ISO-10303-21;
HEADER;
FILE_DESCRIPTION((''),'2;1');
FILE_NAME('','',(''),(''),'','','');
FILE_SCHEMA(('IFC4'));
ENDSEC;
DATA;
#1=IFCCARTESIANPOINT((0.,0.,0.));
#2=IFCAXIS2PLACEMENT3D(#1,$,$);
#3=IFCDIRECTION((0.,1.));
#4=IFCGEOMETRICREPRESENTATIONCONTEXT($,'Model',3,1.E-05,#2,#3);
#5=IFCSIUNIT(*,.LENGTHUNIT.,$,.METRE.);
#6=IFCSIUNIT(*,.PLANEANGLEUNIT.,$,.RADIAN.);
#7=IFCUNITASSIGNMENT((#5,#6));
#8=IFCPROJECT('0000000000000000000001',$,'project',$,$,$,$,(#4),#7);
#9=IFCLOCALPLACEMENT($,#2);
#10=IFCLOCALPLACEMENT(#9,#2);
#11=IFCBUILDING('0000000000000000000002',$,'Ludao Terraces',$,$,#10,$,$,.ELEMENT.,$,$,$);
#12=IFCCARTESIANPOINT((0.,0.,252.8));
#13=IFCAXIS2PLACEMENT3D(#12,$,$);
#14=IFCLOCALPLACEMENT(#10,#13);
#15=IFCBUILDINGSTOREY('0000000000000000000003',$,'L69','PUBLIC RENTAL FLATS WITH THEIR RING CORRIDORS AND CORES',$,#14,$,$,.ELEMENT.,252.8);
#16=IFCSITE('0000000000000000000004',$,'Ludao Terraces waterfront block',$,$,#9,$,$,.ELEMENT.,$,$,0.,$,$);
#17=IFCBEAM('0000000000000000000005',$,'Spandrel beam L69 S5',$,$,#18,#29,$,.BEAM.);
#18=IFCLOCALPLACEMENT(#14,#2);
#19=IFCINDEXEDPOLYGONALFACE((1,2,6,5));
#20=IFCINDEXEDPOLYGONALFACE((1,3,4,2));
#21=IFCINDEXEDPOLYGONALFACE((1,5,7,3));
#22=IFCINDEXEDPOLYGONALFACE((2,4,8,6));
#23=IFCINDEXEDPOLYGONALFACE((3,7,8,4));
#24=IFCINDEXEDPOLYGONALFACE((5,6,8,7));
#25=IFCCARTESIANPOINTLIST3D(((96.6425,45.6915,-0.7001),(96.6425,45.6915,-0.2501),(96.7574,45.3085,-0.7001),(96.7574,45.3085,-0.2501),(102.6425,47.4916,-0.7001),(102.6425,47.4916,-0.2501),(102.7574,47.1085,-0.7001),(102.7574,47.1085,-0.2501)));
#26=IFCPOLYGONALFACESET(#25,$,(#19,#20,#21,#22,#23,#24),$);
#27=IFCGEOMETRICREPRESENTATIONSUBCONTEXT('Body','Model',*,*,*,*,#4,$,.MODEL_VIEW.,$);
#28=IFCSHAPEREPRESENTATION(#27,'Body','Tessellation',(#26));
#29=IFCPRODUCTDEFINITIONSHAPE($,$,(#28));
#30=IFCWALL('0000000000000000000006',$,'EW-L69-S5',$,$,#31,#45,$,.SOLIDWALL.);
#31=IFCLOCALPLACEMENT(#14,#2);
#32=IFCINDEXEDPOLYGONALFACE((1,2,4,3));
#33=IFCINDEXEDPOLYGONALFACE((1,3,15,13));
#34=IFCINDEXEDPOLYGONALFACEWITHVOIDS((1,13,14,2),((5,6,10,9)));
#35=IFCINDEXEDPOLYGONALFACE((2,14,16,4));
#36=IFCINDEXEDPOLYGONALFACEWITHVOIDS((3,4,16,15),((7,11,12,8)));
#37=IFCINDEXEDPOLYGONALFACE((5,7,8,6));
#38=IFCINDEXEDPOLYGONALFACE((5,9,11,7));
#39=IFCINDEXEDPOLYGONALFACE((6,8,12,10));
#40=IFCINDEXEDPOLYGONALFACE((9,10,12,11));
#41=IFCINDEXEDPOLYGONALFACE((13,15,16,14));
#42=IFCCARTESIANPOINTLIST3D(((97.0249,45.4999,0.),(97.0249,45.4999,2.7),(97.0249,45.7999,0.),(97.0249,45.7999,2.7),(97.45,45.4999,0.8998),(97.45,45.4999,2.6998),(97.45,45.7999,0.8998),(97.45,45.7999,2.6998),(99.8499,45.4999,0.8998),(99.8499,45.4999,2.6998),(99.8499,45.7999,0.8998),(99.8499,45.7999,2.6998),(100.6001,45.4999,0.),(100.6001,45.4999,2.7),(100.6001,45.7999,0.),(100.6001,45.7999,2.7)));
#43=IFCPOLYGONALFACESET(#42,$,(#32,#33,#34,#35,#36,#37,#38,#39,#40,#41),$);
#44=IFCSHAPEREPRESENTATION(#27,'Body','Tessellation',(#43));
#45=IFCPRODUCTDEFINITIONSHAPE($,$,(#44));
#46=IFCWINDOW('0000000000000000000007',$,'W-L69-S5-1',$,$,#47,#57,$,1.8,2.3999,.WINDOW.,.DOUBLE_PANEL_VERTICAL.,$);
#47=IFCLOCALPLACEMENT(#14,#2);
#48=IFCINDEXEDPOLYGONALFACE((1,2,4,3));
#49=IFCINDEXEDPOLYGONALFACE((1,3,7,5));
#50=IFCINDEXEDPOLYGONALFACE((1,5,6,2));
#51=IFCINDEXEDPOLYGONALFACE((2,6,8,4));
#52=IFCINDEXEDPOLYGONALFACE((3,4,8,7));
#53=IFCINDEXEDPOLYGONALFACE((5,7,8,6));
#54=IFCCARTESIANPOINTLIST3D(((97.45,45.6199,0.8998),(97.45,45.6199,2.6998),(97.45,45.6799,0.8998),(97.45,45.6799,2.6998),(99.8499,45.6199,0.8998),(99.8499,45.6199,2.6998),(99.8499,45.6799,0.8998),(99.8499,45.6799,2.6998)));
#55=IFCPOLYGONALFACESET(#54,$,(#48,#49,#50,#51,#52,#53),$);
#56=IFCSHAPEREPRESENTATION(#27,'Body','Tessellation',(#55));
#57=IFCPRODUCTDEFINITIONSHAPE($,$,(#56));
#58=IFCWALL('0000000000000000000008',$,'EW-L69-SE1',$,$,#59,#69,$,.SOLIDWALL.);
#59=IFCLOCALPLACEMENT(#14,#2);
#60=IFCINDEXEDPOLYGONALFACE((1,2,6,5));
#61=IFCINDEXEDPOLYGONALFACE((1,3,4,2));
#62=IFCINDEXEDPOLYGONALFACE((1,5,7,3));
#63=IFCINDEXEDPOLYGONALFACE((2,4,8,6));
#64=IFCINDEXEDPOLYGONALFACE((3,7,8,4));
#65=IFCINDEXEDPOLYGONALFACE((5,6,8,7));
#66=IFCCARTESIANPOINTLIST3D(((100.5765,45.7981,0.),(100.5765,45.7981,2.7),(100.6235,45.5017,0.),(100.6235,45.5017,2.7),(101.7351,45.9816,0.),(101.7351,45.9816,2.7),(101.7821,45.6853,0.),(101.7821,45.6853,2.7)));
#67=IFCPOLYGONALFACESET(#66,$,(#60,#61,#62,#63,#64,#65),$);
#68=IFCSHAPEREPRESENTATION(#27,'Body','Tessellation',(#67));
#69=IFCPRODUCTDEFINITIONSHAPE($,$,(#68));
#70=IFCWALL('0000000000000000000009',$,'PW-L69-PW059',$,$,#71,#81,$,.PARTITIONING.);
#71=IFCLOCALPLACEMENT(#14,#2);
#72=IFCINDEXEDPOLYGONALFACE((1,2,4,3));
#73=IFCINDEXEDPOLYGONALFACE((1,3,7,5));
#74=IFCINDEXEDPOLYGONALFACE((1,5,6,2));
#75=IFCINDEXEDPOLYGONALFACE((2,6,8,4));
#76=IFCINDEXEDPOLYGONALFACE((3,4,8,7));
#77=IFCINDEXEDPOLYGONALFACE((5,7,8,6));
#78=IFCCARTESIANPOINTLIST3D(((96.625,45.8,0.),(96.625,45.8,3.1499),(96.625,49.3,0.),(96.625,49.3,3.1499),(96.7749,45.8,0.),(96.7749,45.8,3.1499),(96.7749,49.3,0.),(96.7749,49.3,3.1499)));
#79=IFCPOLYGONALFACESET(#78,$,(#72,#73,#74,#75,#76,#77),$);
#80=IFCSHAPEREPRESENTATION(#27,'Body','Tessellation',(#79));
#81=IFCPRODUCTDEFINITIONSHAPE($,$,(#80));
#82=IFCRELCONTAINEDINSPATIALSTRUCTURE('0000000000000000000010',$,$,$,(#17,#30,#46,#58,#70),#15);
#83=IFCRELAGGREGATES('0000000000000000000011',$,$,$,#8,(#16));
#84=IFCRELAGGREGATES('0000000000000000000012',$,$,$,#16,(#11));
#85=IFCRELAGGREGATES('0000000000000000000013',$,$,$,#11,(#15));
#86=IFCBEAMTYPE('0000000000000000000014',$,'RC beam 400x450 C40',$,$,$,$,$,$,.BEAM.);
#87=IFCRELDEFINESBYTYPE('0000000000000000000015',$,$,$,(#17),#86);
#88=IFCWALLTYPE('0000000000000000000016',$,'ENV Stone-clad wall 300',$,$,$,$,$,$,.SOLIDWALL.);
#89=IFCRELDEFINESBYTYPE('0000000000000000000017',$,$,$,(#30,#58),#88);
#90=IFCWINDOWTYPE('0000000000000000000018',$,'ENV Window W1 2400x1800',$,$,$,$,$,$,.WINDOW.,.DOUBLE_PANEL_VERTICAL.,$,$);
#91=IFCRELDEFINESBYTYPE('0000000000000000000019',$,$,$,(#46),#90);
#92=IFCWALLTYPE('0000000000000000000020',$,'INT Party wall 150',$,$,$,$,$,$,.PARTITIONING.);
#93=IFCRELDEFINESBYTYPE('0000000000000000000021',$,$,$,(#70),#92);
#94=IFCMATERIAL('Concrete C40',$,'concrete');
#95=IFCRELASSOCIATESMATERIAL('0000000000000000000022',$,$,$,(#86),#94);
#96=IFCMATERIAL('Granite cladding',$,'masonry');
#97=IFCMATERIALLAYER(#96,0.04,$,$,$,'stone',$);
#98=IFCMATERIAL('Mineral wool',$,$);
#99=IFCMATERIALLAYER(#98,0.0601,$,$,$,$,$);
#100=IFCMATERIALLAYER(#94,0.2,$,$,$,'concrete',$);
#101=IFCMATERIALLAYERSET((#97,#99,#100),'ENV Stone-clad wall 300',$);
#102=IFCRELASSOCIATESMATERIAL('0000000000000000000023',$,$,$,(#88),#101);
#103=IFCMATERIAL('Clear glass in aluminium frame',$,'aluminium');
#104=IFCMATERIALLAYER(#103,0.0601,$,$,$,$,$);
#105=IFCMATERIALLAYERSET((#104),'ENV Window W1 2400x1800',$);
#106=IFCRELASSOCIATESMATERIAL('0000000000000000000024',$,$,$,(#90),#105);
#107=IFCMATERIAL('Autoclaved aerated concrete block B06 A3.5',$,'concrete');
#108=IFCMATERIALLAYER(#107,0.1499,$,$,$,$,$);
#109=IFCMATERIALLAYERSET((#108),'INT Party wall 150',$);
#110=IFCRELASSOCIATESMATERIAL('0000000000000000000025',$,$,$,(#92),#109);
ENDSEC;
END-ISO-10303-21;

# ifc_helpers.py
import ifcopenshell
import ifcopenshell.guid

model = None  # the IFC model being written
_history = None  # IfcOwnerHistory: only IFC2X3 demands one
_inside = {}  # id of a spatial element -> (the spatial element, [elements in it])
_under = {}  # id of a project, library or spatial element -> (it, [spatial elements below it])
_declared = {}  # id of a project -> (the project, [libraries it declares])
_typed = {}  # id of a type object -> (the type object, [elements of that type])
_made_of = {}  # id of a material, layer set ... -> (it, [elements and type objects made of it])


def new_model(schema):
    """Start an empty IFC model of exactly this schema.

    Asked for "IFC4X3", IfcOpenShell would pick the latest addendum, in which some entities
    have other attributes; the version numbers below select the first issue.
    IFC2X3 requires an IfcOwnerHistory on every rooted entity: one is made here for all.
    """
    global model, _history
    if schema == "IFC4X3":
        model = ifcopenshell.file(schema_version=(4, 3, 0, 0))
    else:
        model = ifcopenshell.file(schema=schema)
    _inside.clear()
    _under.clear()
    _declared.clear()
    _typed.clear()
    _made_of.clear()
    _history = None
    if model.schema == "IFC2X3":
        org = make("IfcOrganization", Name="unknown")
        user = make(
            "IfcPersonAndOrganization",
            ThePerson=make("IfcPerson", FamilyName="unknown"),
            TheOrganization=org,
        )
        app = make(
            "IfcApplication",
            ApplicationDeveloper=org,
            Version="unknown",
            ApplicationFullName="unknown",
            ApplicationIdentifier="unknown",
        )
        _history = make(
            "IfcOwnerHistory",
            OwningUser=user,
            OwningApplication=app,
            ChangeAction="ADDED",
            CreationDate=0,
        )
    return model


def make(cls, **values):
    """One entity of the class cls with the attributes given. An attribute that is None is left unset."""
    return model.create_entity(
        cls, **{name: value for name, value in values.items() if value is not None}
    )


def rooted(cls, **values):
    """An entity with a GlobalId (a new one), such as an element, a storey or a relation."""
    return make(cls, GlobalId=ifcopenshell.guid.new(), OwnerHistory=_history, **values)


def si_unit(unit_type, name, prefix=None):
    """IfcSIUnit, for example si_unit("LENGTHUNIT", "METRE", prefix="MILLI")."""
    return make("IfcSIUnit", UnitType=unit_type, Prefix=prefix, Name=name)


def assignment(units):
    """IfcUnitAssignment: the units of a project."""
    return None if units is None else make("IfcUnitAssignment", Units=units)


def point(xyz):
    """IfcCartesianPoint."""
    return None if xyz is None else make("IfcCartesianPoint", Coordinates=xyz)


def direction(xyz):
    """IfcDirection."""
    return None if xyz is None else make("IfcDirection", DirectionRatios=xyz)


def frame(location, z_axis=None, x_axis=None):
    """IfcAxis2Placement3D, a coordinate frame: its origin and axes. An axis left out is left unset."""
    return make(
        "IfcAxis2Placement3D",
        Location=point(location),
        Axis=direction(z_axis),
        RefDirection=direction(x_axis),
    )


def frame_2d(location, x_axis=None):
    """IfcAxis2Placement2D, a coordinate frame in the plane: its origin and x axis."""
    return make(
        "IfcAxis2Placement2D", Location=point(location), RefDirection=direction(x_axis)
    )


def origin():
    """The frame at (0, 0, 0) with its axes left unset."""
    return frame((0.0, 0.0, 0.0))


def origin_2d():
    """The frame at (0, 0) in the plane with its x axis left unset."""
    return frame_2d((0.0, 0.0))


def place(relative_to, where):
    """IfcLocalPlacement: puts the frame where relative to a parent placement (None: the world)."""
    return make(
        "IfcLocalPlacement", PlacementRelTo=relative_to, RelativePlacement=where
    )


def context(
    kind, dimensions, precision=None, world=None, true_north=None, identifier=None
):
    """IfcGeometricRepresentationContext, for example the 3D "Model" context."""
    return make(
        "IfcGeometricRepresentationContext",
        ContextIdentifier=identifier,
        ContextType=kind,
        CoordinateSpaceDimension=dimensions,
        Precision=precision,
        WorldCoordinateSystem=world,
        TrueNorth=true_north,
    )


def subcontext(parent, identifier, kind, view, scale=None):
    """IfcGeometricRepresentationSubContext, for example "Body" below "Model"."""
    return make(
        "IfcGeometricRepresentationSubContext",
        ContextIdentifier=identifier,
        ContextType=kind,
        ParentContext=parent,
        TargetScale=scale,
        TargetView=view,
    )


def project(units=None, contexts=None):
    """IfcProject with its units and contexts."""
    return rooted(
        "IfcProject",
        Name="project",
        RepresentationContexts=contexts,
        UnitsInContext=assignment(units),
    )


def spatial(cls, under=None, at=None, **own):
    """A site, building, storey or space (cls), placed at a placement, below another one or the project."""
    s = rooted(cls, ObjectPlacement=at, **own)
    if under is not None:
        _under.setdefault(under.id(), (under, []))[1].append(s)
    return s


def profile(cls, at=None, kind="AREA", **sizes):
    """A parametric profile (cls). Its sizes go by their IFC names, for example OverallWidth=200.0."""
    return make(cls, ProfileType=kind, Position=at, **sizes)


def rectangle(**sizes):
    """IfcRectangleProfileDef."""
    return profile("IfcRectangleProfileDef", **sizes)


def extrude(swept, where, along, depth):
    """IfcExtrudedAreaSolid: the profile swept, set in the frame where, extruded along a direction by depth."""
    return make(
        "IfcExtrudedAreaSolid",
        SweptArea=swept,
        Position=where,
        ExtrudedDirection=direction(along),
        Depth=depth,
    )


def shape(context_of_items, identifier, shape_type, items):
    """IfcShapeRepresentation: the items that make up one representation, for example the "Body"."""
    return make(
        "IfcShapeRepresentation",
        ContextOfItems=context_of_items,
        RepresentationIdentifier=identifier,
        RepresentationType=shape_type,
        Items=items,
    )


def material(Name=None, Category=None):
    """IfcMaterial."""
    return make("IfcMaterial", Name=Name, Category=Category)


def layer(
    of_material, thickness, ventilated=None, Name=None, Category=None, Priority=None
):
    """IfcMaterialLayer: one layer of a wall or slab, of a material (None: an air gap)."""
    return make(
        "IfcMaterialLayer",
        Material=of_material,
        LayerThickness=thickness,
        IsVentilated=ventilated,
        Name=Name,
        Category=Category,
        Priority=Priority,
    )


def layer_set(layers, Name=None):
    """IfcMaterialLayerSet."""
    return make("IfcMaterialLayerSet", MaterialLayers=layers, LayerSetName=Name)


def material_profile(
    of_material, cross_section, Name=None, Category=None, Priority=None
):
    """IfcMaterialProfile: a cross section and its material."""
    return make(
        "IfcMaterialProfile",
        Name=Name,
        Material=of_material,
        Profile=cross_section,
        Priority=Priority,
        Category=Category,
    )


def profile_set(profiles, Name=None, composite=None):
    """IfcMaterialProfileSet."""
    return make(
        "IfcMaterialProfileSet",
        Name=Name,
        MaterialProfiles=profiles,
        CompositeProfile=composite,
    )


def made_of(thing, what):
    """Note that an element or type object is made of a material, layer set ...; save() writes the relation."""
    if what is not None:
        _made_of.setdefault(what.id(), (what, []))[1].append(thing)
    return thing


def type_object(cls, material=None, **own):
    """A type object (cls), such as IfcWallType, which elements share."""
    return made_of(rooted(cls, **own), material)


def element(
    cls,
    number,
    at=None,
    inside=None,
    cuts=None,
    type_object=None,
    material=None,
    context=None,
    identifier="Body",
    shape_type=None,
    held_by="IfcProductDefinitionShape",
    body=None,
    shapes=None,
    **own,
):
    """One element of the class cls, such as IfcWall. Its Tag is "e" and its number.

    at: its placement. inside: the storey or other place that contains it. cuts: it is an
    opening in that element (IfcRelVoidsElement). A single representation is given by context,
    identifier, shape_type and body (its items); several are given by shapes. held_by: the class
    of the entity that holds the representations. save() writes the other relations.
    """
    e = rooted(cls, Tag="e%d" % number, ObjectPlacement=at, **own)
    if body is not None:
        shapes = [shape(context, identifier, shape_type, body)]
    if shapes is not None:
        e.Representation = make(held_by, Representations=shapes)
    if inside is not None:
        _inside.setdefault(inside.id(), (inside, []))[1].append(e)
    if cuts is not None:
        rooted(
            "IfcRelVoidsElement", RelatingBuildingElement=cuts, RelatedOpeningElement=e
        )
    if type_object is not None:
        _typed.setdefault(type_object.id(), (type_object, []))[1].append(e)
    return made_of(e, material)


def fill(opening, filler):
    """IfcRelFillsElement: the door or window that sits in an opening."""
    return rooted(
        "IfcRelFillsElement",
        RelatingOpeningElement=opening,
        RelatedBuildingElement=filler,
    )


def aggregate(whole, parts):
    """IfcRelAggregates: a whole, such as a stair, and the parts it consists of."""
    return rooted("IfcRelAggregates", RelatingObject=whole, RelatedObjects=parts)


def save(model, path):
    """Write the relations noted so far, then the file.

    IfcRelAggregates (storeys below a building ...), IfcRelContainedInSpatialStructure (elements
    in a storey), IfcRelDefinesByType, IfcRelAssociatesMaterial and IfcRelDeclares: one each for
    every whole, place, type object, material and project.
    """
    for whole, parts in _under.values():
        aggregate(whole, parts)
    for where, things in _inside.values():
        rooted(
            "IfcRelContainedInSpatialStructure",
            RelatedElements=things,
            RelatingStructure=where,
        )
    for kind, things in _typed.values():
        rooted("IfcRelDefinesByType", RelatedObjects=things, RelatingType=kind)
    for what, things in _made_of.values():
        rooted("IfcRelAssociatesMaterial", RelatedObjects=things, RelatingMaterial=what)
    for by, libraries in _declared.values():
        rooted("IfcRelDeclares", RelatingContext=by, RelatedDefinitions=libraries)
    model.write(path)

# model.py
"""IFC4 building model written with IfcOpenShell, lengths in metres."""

from ifc_helpers import new_model, si_unit, direction, frame, frame_2d, origin, origin_2d, place, context, subcontext, project, spatial, rectangle, extrude, material, layer, layer_set, material_profile, profile_set, type_object, element, fill, save


model = new_model("IFC4")

# Units and contexts
model_context = context("Model", 3, precision=1e-05, world=origin(), true_north=direction((0.0, 1.0)))
body_context = subcontext(model_context, "Body", "Model", "MODEL_VIEW")
ifc_project = project(units=[si_unit("LENGTHUNIT", "METRE"), si_unit("PLANEANGLEUNIT", "RADIAN")], contexts=[model_context])

# Site, building, storey
site_placement = place(None, origin())
site = spatial("IfcSite", under=ifc_project, at=site_placement, Name="Ludao Terraces waterfront block", CompositionType="ELEMENT", RefElevation=0.0)
building_placement = place(site_placement, origin())
building = spatial("IfcBuilding", under=site, at=building_placement, Name="Ludao Terraces", CompositionType="ELEMENT")
storey_placement = place(building_placement, frame((0.0, 0.0, 252.8)))
storey = spatial("IfcBuildingStorey", under=building, at=storey_placement, Name="L69", Description="PUBLIC RENTAL FLATS WITH THEIR RING CORRIDORS AND CORES", CompositionType="ELEMENT", Elevation=252.8)

# Beam
ifc_material_1 = material(Name="Concrete C40", Category="concrete")
ifc_material_profile = material_profile(ifc_material_1, rectangle(XDim=0.3999, YDim=0.45, at=origin_2d()), Name="400 X 450")
ifc_profile_set = profile_set([ifc_material_profile], Name="Concrete C40")
beam_type = type_object("IfcBeamType", Name="RC beam 400x450 C40", PredefinedType="BEAM", material=ifc_profile_set)
beam_placement = place(storey_placement, frame((96.7, 45.5, -0.4751), z_axis=(0.957824, 0.287355, 0.0), x_axis=(-0.287355, 0.957824, 0.0)))
element("IfcBeam", 1, at=beam_placement, inside=storey, type_object=beam_type, Name="Spandrel beam L69 S5", PredefinedType="BEAM", context=body_context, shape_type="SweptSolid", body=[
    extrude(rectangle(XDim=0.3999, YDim=0.45, at=origin_2d()), origin(), (0.0, 0.0, 1.0), 6.2642),
])

# Wall, opening, window
ifc_material_2 = material(Name="Granite cladding", Category="masonry")
ifc_layer_1 = layer(ifc_material_2, 0.04, Category="stone")
ifc_material_3 = material(Name="Mineral wool")
ifc_layer_2 = layer(ifc_material_3, 0.0601)
ifc_layer_3 = layer(ifc_material_1, 0.2, Category="concrete")
ifc_layer_set_1 = layer_set([ifc_layer_1, ifc_layer_2, ifc_layer_3], Name="ENV Stone-clad wall 300")
wall_type_1 = type_object("IfcWallType", Name="ENV Stone-clad wall 300", PredefinedType="SOLIDWALL", material=ifc_layer_set_1)
wall_1_placement = place(storey_placement, frame((97.0249, 45.6499, 0.0), z_axis=(0.0, 0.0, 1.0), x_axis=(1.0, 0.0, 0.0)))
wall_1 = element("IfcWall", 2, at=wall_1_placement, inside=storey, type_object=wall_type_1, Name="EW-L69-S5", PredefinedType="SOLIDWALL", context=body_context, shape_type="SweptSolid", body=[
    extrude(rectangle(XDim=3.5752, YDim=0.3, at=frame_2d((1.7876, 0.0))), origin(), (0.0, 0.0, 1.0), 2.7),
])
opening_placement = place(wall_1_placement, frame((0.425, 0.0, 0.8999)))
opening = element("IfcOpeningElement", 3, at=opening_placement, cuts=wall_1, PredefinedType="OPENING", context=body_context, shape_type="SweptSolid", body=[
    extrude(rectangle(XDim=2.3999, YDim=1.8, at=frame_2d((1.2, 0.8999))), frame((0.0, 0.1602, 0.0), z_axis=(0.0, -1.0, 0.0), x_axis=(1.0, 0.0, 0.0)), (0.0, 0.0, 1.0), 0.3201),
])
ifc_material_4 = material(Name="Clear glass in aluminium frame", Category="aluminium")
ifc_layer_4 = layer(ifc_material_4, 0.0601)
ifc_layer_set_2 = layer_set([ifc_layer_4], Name="ENV Window W1 2400x1800")
window_type = type_object("IfcWindowType", Name="ENV Window W1 2400x1800", PartitioningType="DOUBLE_PANEL_VERTICAL", PredefinedType="WINDOW", material=ifc_layer_set_2)
window_placement = place(opening_placement, origin())
window = element("IfcWindow", 4, at=window_placement, inside=storey, type_object=window_type, Name="W-L69-S5-1", OverallHeight=1.8, OverallWidth=2.3999, PartitioningType="DOUBLE_PANEL_VERTICAL", PredefinedType="WINDOW", context=body_context, shape_type="SweptSolid", body=[
    extrude(rectangle(XDim=2.3999, YDim=1.8, at=frame_2d((1.2, 0.8999))), frame((0.0, 0.03, 0.0), z_axis=(0.0, -1.0, 0.0), x_axis=(1.0, 0.0, 0.0)), (0.0, 0.0, 1.0), 0.0601),
])
fill(opening, window)

# Walls
wall_2_placement = place(storey_placement, frame((100.6001, 45.6499, 0.0), z_axis=(0.0, 0.0, 1.0), x_axis=(0.987678, 0.156497, 0.0)))
element("IfcWall", 5, at=wall_2_placement, inside=storey, type_object=wall_type_1, Name="EW-L69-SE1", PredefinedType="SOLIDWALL", context=body_context, shape_type="SweptSolid", body=[
    extrude(rectangle(XDim=1.1731, YDim=0.3, at=frame_2d((0.5864, 0.0))), origin(), (0.0, 0.0, 1.0), 2.7),
])
ifc_material_5 = material(Name="Autoclaved aerated concrete block B06 A3.5", Category="concrete")
ifc_layer_5 = layer(ifc_material_5, 0.1499)
ifc_layer_set_3 = layer_set([ifc_layer_5], Name="INT Party wall 150")
wall_type_2 = type_object("IfcWallType", Name="INT Party wall 150", PredefinedType="PARTITIONING", material=ifc_layer_set_3)
wall_3_placement = place(storey_placement, frame((96.7, 45.8, 0.0), z_axis=(0.0, 0.0, 1.0), x_axis=(0.0, 1.0, 0.0)))
element("IfcWall", 6, at=wall_3_placement, inside=storey, type_object=wall_type_2, Name="PW-L69-PW059", PredefinedType="PARTITIONING", context=body_context, shape_type="SweptSolid", body=[
    extrude(rectangle(XDim=3.5, YDim=0.1499, at=frame_2d((1.75, 0.0))), origin(), (0.0, 0.0, 1.0), 3.1499),
])

save(model, "model.ifc")
